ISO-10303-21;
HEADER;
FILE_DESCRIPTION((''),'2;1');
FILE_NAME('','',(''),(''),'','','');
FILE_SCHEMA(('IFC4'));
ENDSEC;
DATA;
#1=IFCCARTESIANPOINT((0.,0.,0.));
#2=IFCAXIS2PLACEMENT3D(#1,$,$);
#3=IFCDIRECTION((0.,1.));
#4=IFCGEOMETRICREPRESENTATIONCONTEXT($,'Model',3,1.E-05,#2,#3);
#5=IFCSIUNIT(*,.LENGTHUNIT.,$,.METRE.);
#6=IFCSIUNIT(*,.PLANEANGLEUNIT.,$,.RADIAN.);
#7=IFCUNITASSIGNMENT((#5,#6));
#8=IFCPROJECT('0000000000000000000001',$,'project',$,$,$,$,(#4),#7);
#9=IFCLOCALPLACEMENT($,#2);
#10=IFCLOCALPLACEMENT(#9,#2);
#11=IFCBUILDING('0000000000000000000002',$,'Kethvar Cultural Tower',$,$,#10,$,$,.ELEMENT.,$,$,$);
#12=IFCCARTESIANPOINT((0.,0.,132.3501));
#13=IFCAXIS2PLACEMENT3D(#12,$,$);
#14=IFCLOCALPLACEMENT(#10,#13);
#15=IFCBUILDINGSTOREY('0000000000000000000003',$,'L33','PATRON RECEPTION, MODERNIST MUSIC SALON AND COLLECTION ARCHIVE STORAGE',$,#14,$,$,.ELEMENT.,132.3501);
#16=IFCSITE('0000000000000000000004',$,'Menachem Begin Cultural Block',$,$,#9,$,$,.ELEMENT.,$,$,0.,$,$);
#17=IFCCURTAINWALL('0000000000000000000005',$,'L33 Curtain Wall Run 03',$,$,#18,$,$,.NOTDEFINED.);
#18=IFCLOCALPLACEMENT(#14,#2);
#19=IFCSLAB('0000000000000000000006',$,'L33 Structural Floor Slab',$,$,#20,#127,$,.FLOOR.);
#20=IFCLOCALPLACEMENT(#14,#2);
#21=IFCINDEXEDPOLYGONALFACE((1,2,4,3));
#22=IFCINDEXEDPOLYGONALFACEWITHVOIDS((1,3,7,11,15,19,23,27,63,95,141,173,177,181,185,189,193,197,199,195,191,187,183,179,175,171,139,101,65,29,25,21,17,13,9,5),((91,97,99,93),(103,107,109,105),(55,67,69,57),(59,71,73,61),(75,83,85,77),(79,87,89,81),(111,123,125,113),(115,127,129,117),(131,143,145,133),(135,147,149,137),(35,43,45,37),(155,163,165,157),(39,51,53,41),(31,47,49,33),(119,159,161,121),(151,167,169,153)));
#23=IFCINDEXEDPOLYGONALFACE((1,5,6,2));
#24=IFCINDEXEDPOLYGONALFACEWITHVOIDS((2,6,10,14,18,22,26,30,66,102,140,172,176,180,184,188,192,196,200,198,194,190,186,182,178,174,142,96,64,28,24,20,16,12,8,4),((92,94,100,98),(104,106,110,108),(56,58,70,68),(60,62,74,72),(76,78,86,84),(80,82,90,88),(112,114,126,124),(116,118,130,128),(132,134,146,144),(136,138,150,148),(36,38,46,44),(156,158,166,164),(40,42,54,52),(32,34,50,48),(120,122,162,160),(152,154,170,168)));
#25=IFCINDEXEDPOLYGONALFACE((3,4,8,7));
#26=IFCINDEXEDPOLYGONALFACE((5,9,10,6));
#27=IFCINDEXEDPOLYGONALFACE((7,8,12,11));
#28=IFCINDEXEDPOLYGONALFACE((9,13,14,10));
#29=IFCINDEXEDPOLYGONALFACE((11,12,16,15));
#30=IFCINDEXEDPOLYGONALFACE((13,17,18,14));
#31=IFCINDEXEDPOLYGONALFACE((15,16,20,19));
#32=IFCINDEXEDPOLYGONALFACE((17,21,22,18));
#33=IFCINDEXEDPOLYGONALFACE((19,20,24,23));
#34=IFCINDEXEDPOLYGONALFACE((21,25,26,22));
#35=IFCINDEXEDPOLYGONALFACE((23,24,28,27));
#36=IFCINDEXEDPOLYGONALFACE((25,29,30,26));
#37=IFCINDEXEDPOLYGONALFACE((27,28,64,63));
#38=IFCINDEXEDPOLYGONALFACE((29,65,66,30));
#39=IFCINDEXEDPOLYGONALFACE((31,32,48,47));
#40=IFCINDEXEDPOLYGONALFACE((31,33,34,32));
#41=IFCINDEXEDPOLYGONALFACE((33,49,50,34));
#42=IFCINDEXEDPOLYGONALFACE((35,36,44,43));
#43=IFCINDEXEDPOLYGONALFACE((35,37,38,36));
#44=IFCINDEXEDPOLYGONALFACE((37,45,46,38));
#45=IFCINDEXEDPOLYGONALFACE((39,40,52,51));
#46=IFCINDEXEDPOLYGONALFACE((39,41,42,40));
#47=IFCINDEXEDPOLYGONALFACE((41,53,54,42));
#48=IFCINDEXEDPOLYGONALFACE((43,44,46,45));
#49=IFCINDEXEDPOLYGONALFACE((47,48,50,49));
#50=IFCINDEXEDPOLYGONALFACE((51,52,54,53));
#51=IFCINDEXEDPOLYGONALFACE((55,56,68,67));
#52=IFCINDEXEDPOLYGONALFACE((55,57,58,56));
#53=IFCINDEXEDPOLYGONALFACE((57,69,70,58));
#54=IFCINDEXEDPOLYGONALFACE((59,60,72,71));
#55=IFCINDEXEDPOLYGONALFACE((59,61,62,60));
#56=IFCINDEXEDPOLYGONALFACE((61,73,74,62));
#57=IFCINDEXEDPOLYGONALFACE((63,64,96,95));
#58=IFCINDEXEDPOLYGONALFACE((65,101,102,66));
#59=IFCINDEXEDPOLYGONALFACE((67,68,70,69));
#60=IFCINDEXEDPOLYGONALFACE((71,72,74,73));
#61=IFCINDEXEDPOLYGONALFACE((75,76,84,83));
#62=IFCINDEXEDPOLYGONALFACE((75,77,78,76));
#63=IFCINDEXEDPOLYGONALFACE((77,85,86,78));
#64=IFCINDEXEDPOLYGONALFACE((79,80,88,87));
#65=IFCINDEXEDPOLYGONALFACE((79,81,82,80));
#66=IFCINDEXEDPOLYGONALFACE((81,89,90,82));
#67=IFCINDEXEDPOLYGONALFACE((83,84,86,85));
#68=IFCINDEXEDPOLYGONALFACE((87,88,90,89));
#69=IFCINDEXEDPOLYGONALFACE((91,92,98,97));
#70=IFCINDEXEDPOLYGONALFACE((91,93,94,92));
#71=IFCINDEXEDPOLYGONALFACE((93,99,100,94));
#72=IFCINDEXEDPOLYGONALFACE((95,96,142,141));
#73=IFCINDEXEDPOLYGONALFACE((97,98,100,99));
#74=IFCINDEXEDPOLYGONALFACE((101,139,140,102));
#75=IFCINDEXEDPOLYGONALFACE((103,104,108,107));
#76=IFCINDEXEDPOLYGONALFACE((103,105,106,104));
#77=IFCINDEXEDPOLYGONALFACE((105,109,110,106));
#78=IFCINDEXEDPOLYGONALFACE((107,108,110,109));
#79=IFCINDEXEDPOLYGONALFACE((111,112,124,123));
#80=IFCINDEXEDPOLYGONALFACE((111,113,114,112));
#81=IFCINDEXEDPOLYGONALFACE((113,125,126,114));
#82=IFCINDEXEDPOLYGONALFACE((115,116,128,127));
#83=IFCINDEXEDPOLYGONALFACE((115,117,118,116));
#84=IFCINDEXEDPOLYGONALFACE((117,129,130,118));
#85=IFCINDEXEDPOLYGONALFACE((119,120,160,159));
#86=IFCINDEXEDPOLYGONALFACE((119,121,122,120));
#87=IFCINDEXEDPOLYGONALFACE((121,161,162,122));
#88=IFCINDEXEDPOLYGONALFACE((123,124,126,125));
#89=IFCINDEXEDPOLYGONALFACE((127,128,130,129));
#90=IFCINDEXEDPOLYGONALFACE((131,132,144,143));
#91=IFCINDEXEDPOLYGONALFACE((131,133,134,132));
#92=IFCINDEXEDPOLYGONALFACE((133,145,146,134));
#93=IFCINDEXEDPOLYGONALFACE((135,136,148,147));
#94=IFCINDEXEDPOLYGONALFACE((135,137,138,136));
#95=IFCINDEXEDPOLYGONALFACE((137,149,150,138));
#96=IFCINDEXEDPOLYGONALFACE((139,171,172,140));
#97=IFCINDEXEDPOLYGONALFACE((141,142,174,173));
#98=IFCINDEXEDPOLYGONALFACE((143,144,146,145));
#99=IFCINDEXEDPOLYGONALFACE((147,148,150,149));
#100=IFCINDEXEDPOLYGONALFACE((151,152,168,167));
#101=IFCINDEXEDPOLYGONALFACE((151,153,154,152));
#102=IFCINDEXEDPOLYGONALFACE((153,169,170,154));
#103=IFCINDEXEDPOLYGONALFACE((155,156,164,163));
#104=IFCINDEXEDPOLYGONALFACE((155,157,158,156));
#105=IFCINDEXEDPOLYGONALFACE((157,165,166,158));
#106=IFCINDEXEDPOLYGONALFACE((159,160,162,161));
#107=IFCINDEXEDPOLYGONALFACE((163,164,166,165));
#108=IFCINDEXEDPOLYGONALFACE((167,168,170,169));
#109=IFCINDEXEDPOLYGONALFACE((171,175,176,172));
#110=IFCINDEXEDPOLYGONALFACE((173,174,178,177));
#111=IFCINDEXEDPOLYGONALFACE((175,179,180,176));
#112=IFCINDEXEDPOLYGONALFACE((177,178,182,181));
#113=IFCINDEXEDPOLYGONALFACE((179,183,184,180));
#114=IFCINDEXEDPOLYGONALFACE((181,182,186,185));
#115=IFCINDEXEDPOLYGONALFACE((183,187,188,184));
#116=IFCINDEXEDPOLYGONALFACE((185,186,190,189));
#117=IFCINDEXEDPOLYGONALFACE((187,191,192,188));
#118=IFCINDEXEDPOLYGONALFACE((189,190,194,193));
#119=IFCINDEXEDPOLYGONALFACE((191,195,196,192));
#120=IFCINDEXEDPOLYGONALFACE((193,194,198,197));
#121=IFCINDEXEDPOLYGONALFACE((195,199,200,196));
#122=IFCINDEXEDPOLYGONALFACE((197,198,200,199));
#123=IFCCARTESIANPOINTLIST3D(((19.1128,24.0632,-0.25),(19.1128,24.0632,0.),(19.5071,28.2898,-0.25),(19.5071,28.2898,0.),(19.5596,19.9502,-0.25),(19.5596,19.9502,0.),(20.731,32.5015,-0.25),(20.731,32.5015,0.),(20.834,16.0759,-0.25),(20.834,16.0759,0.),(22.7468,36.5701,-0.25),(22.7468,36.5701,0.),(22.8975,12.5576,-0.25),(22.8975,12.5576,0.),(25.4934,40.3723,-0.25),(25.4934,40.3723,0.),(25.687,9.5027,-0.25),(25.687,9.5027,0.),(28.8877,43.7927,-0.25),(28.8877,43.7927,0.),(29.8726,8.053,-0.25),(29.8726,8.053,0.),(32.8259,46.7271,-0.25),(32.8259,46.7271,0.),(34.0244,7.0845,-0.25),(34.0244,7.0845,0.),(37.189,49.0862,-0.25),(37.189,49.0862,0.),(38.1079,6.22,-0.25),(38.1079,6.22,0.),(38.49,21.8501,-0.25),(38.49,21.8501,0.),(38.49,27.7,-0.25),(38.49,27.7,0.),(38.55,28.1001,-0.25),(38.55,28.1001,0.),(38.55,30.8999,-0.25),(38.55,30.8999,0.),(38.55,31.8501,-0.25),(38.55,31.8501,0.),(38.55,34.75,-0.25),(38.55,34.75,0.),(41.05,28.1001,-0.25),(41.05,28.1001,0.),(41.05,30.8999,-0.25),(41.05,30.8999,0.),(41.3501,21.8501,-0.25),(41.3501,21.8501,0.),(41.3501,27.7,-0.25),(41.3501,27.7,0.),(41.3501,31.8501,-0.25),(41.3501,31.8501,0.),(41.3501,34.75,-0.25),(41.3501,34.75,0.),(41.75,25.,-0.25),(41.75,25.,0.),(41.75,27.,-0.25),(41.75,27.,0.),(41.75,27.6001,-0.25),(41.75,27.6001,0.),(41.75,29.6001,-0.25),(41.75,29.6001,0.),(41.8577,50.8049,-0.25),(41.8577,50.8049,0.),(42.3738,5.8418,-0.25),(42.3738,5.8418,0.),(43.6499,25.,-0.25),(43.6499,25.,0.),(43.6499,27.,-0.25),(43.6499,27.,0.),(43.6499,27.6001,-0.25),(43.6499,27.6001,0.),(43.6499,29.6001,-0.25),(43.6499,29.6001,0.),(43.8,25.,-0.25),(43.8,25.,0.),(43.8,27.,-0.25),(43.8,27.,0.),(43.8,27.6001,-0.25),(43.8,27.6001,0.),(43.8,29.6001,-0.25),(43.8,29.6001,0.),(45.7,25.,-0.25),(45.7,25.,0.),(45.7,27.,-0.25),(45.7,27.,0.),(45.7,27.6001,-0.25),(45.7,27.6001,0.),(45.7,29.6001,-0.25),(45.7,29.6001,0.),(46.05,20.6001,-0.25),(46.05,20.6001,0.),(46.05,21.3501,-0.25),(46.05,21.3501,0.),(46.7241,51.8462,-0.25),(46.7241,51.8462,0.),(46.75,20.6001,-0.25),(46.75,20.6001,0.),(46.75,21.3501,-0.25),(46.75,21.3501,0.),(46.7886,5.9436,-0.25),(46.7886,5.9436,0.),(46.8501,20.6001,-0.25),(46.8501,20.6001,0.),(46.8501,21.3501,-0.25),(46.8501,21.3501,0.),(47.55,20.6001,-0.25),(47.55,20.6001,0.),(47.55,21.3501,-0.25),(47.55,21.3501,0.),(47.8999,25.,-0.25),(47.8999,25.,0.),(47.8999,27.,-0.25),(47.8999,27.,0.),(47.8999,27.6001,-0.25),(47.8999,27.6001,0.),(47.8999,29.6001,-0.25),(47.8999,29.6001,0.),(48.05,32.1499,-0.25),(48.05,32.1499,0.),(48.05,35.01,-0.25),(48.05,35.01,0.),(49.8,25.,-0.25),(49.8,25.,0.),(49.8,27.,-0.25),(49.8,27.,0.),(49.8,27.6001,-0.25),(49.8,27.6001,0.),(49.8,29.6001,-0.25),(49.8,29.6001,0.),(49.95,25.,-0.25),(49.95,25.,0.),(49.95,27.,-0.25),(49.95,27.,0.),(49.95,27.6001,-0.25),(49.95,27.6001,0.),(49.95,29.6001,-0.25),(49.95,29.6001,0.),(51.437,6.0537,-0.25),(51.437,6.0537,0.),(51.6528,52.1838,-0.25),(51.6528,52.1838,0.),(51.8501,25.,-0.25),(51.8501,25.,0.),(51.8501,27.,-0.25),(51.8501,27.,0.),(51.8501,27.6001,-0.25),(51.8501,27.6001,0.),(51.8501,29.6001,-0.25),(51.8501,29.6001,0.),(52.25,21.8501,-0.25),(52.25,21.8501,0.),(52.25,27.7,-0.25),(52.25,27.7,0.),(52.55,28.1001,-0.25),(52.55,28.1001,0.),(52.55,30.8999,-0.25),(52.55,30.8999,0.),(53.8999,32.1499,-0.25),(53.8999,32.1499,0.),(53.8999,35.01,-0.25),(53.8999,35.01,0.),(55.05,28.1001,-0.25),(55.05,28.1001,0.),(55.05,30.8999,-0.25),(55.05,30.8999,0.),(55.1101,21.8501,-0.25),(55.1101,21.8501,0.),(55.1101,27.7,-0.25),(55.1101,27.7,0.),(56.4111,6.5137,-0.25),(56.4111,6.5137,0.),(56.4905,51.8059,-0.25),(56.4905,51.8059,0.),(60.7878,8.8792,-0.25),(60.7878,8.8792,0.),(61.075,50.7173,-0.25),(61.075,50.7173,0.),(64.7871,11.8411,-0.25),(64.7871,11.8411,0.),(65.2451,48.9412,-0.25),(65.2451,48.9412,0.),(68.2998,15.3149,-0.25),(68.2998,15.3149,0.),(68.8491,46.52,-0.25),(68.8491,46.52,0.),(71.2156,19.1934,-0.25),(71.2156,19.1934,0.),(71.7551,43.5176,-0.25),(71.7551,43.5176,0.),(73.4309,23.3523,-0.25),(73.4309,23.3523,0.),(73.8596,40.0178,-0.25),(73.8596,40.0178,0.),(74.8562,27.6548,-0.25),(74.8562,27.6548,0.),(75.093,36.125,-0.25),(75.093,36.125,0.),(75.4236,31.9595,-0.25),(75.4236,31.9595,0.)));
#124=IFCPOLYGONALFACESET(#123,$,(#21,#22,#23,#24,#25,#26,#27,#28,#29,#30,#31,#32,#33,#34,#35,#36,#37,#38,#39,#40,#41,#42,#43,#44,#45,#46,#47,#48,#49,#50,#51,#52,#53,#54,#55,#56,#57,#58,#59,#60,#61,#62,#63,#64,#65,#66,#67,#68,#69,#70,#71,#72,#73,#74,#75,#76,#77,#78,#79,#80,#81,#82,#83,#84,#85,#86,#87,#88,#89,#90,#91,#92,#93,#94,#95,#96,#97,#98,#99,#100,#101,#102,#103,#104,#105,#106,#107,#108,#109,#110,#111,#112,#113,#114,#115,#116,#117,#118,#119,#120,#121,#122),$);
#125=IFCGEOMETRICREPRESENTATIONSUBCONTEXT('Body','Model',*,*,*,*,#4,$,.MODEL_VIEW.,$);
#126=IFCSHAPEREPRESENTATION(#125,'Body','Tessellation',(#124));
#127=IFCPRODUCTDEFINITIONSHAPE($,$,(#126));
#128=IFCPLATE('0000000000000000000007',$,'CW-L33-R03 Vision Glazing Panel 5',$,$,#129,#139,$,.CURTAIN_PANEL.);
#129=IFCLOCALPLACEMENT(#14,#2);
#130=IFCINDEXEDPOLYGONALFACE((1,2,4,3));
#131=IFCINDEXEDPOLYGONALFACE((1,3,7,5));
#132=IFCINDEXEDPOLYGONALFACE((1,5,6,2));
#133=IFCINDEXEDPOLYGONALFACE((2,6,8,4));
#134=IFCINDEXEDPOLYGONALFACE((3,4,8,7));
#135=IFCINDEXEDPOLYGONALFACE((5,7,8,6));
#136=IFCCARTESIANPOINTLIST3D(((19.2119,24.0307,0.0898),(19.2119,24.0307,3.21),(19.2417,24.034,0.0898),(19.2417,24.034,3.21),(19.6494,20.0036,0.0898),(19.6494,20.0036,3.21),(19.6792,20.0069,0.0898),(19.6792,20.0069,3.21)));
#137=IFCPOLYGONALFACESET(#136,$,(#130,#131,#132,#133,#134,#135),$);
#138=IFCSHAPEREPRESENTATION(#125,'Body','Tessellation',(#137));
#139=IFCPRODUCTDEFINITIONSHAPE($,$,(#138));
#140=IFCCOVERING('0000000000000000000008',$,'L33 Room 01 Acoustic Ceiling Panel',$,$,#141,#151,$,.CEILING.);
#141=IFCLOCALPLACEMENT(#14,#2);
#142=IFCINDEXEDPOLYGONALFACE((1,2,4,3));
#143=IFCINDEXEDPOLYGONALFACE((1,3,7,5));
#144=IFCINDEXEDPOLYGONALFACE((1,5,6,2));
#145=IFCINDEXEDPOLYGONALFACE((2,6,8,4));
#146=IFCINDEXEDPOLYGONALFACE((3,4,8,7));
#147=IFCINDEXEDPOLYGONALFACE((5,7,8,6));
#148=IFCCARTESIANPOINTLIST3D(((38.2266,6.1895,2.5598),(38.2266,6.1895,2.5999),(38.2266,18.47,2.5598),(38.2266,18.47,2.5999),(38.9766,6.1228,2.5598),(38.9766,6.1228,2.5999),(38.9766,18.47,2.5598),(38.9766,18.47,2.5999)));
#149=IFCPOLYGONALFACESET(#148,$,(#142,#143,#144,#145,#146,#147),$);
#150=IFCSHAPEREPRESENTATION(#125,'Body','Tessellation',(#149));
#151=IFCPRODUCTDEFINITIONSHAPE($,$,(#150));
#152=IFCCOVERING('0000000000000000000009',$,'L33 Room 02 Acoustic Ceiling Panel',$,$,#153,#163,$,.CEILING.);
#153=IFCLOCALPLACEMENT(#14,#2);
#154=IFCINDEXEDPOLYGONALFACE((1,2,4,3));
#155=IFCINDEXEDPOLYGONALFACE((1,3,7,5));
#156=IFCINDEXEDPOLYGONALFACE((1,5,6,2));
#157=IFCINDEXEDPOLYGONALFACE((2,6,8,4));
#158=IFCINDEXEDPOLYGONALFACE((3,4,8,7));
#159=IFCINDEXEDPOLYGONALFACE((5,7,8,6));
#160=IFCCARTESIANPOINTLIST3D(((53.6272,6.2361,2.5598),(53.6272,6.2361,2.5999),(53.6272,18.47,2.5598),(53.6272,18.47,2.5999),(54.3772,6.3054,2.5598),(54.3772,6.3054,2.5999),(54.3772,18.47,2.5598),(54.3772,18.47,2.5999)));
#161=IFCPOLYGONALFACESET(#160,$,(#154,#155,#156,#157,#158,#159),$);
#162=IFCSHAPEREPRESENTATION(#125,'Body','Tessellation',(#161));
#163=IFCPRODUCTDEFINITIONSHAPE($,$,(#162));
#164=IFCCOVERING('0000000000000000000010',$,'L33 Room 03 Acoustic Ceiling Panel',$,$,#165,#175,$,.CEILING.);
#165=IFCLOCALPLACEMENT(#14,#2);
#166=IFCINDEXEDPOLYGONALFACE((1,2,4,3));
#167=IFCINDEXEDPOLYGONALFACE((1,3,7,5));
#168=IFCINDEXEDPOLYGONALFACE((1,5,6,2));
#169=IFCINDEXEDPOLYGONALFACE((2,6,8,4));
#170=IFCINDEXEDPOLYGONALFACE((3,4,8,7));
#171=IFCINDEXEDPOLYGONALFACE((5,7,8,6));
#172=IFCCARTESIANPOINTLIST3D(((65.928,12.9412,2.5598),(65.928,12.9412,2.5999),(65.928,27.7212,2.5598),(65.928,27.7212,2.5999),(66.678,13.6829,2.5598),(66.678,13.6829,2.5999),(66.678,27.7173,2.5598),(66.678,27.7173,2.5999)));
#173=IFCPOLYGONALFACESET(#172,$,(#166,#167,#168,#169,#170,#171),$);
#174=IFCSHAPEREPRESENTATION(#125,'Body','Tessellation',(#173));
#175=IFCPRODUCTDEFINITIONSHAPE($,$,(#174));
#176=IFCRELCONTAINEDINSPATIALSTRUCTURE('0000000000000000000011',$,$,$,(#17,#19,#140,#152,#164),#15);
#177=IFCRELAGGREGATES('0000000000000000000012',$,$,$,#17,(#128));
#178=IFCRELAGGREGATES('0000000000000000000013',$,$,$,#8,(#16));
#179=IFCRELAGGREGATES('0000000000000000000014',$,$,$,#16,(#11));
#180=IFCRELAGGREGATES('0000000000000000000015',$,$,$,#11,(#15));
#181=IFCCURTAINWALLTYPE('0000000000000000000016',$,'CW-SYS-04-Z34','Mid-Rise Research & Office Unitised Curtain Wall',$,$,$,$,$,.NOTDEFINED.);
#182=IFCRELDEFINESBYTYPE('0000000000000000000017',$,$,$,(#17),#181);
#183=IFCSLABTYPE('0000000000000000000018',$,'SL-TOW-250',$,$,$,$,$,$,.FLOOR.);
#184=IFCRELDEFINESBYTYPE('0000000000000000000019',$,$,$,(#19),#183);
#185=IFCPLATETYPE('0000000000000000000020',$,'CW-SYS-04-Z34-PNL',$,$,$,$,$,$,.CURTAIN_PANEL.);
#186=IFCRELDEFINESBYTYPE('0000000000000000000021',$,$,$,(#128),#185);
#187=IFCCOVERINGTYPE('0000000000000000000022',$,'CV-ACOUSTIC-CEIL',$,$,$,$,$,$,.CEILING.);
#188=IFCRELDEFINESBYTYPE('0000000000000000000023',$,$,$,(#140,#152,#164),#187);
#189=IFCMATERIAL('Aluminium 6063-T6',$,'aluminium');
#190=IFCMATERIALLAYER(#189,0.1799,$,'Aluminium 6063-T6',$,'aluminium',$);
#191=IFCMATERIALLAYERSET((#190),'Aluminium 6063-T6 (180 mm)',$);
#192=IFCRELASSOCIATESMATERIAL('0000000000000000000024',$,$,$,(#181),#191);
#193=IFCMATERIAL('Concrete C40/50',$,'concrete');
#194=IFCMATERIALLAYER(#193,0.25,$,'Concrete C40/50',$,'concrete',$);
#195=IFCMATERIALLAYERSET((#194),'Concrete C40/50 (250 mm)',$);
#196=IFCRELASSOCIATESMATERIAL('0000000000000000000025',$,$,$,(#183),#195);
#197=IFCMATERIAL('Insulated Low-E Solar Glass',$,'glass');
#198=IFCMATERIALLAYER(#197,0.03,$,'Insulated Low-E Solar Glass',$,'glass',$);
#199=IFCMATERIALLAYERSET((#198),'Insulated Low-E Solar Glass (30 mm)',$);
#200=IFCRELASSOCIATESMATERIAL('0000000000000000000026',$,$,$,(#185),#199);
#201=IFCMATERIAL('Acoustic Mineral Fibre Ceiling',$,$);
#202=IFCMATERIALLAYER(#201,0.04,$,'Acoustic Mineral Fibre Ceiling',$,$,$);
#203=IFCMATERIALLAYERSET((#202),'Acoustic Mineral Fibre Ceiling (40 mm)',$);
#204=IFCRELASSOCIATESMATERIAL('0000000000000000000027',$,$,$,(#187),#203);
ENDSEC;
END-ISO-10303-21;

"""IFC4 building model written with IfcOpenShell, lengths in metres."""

from ifc_helpers import new_model, si_unit, direction, frame, origin, origin_2d, place, context, subcontext, project, spatial, polyline, rectangle, outline, extrude, source, transform, mapped, material, layer, layer_set, type_object, element, aggregate, save


model = new_model("IFC4")

# Units and contexts
model_context = context("Model", 3, precision=1e-05, world=origin(), true_north=direction((0.0, 1.0)))
body_context = subcontext(model_context, "Body", "Model", "MODEL_VIEW")
ifc_project = project(units=[si_unit("LENGTHUNIT", "METRE"), si_unit("PLANEANGLEUNIT", "RADIAN")], contexts=[model_context])

# Site, building, storey
site_placement = place(None, origin())
site = spatial("IfcSite", under=ifc_project, at=site_placement, Name="Menachem Begin Cultural Block", CompositionType="ELEMENT", RefElevation=0.0)
building_placement = place(site_placement, origin())
building = spatial("IfcBuilding", under=site, at=building_placement, Name="Kethvar Cultural Tower", CompositionType="ELEMENT")
storey_placement = place(building_placement, frame((0.0, 0.0, 132.3501)))
storey = spatial("IfcBuildingStorey", under=building, at=storey_placement, Name="L33", Description="PATRON RECEPTION, MODERNIST MUSIC SALON AND COLLECTION ARCHIVE STORAGE", CompositionType="ELEMENT", Elevation=132.3501)

# Curtain wall
ifc_material_1 = material(Name="Aluminium 6063-T6", Category="aluminium")
ifc_layer_1 = layer(ifc_material_1, 0.1799, Name="Aluminium 6063-T6", Category="aluminium")
ifc_layer_set_1 = layer_set([ifc_layer_1], Name="Aluminium 6063-T6 (180 mm)")
curtain_wall_type = type_object("IfcCurtainWallType", Name="CW-SYS-04-Z34", Description="Mid-Rise Research & Office Unitised Curtain Wall", PredefinedType="NOTDEFINED", material=ifc_layer_set_1)
curtain_wall_placement = place(storey_placement, origin())
curtain_wall = element("IfcCurtainWall", 1, at=curtain_wall_placement, inside=storey, type_object=curtain_wall_type, Name="L33 Curtain Wall Run 03", PredefinedType="NOTDEFINED")

# Shared definitions
ifc_material_2 = material(Name="Concrete C40/50", Category="concrete")

# Slab
ifc_layer_2 = layer(ifc_material_2, 0.25, Name="Concrete C40/50", Category="concrete")
ifc_layer_set_2 = layer_set([ifc_layer_2], Name="Concrete C40/50 (250 mm)")
slab_type_1 = type_object("IfcSlabType", Name="SL-TOW-250", PredefinedType="FLOOR", material=ifc_layer_set_2)
slab_1_placement = place(storey_placement, frame((0.0, 0.0, -0.25)))
element("IfcSlab", 2, at=slab_1_placement, inside=storey, type_object=slab_type_1, Name="L33 Structural Floor Slab", PredefinedType="FLOOR", context=body_context, shape_type="SweptSolid", body=[
    extrude(outline(polyline([(73.8596, 40.0178), (71.7551, 43.5176), (68.8491, 46.52), (65.2451, 48.9412), (61.075, 50.7173), (56.4905, 51.8059), (51.6528, 52.1838), (46.7241, 51.8462), (41.8577, 50.8049), (37.189, 49.0862), (32.8259, 46.7271), (28.8877, 43.7927), (25.4934, 40.3723), (22.7468, 36.5701), (20.731, 32.5015), (19.5071, 28.2898), (19.1128, 24.0632), (19.5596, 19.9502), (20.834, 16.0759), (22.8975, 12.5576), (25.687, 9.5027), (29.8726, 8.053), (34.0244, 7.0845), (38.1079, 6.22), (42.3738, 5.8418), (46.7886, 5.9436), (51.437, 6.0537), (56.4111, 6.5137), (60.7878, 8.8792), (64.7871, 11.8411), (68.2998, 15.3149), (71.2156, 19.1934), (73.4309, 23.3523), (74.8562, 27.6548), (75.4236, 31.9595), (75.093, 36.125), (73.8596, 40.0178)]), holes=[polyline([(38.49, 21.8501), (38.49, 27.7), (41.3501, 27.7), (41.3501, 21.8501), (38.49, 21.8501)]), polyline([(52.25, 21.8501), (52.25, 27.7), (55.1101, 27.7), (55.1101, 21.8501), (52.25, 21.8501)]), polyline([(53.8999, 32.1499), (48.05, 32.1499), (48.05, 35.01), (53.8999, 35.01), (53.8999, 32.1499)]), polyline([(41.75, 27.0), (43.6499, 27.0), (43.6499, 25.0), (41.75, 25.0), (41.75, 27.0)]), polyline([(43.8, 27.0), (45.7, 27.0), (45.7, 25.0), (43.8, 25.0), (43.8, 27.0)]), polyline([(47.8999, 27.0), (49.8, 27.0), (49.8, 25.0), (47.8999, 25.0), (47.8999, 27.0)]), polyline([(49.95, 27.0), (51.8501, 27.0), (51.8501, 25.0), (49.95, 25.0), (49.95, 27.0)]), polyline([(41.75, 29.6001), (43.6499, 29.6001), (43.6499, 27.6001), (41.75, 27.6001), (41.75, 29.6001)]), polyline([(43.8, 29.6001), (45.7, 29.6001), (45.7, 27.6001), (43.8, 27.6001), (43.8, 29.6001)]), polyline([(47.8999, 29.6001), (49.8, 29.6001), (49.8, 27.6001), (47.8999, 27.6001), (47.8999, 29.6001)]), polyline([(49.95, 29.6001), (51.8501, 29.6001), (51.8501, 27.6001), (49.95, 27.6001), (49.95, 29.6001)]), polyline([(38.55, 30.8999), (41.05, 30.8999), (41.05, 28.1001), (38.55, 28.1001), (38.55, 30.8999)]), polyline([(52.55, 30.8999), (55.05, 30.8999), (55.05, 28.1001), (52.55, 28.1001), (52.55, 30.8999)]), polyline([(38.55, 34.75), (41.3501, 34.75), (41.3501, 31.8501), (38.55, 31.8501), (38.55, 34.75)]), polyline([(46.05, 21.3501), (46.75, 21.3501), (46.75, 20.6001), (46.05, 20.6001), (46.05, 21.3501)]), polyline([(46.8501, 21.3501), (47.55, 21.3501), (47.55, 20.6001), (46.8501, 20.6001), (46.8501, 21.3501)])]), origin(), (0.0, 0.0, 1.0), 0.25),
])

# Plate
ifc_material_3 = material(Name="Insulated Low-E Solar Glass", Category="glass")
ifc_layer_3 = layer(ifc_material_3, 0.03, Name="Insulated Low-E Solar Glass", Category="glass")
ifc_layer_set_3 = layer_set([ifc_layer_3], Name="Insulated Low-E Solar Glass (30 mm)")
plate_type = type_object("IfcPlateType", Name="CW-SYS-04-Z34-PNL", PredefinedType="CURTAIN_PANEL", material=ifc_layer_set_3)
shared_shape_1 = source(origin(), body_context, "Body", "SweptSolid", [
    extrude(rectangle(XDim=4.0508, YDim=0.03, at=origin_2d()), origin(), (0.0, 0.0, 1.0), 3.1201),
])
plate_placement = place(storey_placement, frame((19.4456, 22.0188, 0.0898), z_axis=(0.0, 0.0, 1.0), x_axis=(0.107999, -0.994151, 0.0)))
plate = element("IfcPlate", 3, at=plate_placement, type_object=plate_type, Name="CW-L33-R03 Vision Glazing Panel 5", PredefinedType="CURTAIN_PANEL", context=body_context, shape_type="MappedRepresentation", body=[
    mapped(shared_shape_1, transform((0.0, 0.0, 0.0), scale=1.0)),
])
aggregate(curtain_wall, [plate])

# Coverings
ifc_material_4 = material(Name="Acoustic Mineral Fibre Ceiling")
ifc_layer_4 = layer(ifc_material_4, 0.04, Name="Acoustic Mineral Fibre Ceiling")
ifc_layer_set_4 = layer_set([ifc_layer_4], Name="Acoustic Mineral Fibre Ceiling (40 mm)")
covering_type_1 = type_object("IfcCoveringType", Name="CV-ACOUSTIC-CEIL", PredefinedType="CEILING", material=ifc_layer_set_4)
covering_1_placement = place(storey_placement, frame((0.0, 0.0, 2.5598)))
element("IfcCovering", 4, at=covering_1_placement, inside=storey, type_object=covering_type_1, Name="L33 Room 01 Acoustic Ceiling Panel", PredefinedType="CEILING", context=body_context, shape_type="SweptSolid", body=[
    extrude(outline(polyline([(38.2266, 6.1895), (38.2266, 18.47), (38.9766, 18.47), (38.9766, 6.1228), (38.2266, 6.1895)])), origin(), (0.0, 0.0, 1.0), 0.04),
])
covering_2_placement = place(storey_placement, frame((0.0, 0.0, 2.5598)))
element("IfcCovering", 5, at=covering_2_placement, inside=storey, type_object=covering_type_1, Name="L33 Room 02 Acoustic Ceiling Panel", PredefinedType="CEILING", context=body_context, shape_type="SweptSolid", body=[
    extrude(outline(polyline([(53.6272, 6.2361), (53.6272, 18.47), (54.3772, 18.47), (54.3772, 6.3054), (53.6272, 6.2361)])), origin(), (0.0, 0.0, 1.0), 0.04),
])
covering_3_placement = place(storey_placement, frame((0.0, 0.0, 2.5598)))
element("IfcCovering", 6, at=covering_3_placement, inside=storey, type_object=covering_type_1, Name="L33 Room 03 Acoustic Ceiling Panel", PredefinedType="CEILING", context=body_context, shape_type="SweptSolid", body=[
    extrude(outline(polyline([(65.928, 12.9412), (65.928, 27.7212), (66.678, 27.7173), (66.678, 13.6829), (65.928, 12.9412)])), origin(), (0.0, 0.0, 1.0), 0.04),
])

save(model, "model.ifc")
